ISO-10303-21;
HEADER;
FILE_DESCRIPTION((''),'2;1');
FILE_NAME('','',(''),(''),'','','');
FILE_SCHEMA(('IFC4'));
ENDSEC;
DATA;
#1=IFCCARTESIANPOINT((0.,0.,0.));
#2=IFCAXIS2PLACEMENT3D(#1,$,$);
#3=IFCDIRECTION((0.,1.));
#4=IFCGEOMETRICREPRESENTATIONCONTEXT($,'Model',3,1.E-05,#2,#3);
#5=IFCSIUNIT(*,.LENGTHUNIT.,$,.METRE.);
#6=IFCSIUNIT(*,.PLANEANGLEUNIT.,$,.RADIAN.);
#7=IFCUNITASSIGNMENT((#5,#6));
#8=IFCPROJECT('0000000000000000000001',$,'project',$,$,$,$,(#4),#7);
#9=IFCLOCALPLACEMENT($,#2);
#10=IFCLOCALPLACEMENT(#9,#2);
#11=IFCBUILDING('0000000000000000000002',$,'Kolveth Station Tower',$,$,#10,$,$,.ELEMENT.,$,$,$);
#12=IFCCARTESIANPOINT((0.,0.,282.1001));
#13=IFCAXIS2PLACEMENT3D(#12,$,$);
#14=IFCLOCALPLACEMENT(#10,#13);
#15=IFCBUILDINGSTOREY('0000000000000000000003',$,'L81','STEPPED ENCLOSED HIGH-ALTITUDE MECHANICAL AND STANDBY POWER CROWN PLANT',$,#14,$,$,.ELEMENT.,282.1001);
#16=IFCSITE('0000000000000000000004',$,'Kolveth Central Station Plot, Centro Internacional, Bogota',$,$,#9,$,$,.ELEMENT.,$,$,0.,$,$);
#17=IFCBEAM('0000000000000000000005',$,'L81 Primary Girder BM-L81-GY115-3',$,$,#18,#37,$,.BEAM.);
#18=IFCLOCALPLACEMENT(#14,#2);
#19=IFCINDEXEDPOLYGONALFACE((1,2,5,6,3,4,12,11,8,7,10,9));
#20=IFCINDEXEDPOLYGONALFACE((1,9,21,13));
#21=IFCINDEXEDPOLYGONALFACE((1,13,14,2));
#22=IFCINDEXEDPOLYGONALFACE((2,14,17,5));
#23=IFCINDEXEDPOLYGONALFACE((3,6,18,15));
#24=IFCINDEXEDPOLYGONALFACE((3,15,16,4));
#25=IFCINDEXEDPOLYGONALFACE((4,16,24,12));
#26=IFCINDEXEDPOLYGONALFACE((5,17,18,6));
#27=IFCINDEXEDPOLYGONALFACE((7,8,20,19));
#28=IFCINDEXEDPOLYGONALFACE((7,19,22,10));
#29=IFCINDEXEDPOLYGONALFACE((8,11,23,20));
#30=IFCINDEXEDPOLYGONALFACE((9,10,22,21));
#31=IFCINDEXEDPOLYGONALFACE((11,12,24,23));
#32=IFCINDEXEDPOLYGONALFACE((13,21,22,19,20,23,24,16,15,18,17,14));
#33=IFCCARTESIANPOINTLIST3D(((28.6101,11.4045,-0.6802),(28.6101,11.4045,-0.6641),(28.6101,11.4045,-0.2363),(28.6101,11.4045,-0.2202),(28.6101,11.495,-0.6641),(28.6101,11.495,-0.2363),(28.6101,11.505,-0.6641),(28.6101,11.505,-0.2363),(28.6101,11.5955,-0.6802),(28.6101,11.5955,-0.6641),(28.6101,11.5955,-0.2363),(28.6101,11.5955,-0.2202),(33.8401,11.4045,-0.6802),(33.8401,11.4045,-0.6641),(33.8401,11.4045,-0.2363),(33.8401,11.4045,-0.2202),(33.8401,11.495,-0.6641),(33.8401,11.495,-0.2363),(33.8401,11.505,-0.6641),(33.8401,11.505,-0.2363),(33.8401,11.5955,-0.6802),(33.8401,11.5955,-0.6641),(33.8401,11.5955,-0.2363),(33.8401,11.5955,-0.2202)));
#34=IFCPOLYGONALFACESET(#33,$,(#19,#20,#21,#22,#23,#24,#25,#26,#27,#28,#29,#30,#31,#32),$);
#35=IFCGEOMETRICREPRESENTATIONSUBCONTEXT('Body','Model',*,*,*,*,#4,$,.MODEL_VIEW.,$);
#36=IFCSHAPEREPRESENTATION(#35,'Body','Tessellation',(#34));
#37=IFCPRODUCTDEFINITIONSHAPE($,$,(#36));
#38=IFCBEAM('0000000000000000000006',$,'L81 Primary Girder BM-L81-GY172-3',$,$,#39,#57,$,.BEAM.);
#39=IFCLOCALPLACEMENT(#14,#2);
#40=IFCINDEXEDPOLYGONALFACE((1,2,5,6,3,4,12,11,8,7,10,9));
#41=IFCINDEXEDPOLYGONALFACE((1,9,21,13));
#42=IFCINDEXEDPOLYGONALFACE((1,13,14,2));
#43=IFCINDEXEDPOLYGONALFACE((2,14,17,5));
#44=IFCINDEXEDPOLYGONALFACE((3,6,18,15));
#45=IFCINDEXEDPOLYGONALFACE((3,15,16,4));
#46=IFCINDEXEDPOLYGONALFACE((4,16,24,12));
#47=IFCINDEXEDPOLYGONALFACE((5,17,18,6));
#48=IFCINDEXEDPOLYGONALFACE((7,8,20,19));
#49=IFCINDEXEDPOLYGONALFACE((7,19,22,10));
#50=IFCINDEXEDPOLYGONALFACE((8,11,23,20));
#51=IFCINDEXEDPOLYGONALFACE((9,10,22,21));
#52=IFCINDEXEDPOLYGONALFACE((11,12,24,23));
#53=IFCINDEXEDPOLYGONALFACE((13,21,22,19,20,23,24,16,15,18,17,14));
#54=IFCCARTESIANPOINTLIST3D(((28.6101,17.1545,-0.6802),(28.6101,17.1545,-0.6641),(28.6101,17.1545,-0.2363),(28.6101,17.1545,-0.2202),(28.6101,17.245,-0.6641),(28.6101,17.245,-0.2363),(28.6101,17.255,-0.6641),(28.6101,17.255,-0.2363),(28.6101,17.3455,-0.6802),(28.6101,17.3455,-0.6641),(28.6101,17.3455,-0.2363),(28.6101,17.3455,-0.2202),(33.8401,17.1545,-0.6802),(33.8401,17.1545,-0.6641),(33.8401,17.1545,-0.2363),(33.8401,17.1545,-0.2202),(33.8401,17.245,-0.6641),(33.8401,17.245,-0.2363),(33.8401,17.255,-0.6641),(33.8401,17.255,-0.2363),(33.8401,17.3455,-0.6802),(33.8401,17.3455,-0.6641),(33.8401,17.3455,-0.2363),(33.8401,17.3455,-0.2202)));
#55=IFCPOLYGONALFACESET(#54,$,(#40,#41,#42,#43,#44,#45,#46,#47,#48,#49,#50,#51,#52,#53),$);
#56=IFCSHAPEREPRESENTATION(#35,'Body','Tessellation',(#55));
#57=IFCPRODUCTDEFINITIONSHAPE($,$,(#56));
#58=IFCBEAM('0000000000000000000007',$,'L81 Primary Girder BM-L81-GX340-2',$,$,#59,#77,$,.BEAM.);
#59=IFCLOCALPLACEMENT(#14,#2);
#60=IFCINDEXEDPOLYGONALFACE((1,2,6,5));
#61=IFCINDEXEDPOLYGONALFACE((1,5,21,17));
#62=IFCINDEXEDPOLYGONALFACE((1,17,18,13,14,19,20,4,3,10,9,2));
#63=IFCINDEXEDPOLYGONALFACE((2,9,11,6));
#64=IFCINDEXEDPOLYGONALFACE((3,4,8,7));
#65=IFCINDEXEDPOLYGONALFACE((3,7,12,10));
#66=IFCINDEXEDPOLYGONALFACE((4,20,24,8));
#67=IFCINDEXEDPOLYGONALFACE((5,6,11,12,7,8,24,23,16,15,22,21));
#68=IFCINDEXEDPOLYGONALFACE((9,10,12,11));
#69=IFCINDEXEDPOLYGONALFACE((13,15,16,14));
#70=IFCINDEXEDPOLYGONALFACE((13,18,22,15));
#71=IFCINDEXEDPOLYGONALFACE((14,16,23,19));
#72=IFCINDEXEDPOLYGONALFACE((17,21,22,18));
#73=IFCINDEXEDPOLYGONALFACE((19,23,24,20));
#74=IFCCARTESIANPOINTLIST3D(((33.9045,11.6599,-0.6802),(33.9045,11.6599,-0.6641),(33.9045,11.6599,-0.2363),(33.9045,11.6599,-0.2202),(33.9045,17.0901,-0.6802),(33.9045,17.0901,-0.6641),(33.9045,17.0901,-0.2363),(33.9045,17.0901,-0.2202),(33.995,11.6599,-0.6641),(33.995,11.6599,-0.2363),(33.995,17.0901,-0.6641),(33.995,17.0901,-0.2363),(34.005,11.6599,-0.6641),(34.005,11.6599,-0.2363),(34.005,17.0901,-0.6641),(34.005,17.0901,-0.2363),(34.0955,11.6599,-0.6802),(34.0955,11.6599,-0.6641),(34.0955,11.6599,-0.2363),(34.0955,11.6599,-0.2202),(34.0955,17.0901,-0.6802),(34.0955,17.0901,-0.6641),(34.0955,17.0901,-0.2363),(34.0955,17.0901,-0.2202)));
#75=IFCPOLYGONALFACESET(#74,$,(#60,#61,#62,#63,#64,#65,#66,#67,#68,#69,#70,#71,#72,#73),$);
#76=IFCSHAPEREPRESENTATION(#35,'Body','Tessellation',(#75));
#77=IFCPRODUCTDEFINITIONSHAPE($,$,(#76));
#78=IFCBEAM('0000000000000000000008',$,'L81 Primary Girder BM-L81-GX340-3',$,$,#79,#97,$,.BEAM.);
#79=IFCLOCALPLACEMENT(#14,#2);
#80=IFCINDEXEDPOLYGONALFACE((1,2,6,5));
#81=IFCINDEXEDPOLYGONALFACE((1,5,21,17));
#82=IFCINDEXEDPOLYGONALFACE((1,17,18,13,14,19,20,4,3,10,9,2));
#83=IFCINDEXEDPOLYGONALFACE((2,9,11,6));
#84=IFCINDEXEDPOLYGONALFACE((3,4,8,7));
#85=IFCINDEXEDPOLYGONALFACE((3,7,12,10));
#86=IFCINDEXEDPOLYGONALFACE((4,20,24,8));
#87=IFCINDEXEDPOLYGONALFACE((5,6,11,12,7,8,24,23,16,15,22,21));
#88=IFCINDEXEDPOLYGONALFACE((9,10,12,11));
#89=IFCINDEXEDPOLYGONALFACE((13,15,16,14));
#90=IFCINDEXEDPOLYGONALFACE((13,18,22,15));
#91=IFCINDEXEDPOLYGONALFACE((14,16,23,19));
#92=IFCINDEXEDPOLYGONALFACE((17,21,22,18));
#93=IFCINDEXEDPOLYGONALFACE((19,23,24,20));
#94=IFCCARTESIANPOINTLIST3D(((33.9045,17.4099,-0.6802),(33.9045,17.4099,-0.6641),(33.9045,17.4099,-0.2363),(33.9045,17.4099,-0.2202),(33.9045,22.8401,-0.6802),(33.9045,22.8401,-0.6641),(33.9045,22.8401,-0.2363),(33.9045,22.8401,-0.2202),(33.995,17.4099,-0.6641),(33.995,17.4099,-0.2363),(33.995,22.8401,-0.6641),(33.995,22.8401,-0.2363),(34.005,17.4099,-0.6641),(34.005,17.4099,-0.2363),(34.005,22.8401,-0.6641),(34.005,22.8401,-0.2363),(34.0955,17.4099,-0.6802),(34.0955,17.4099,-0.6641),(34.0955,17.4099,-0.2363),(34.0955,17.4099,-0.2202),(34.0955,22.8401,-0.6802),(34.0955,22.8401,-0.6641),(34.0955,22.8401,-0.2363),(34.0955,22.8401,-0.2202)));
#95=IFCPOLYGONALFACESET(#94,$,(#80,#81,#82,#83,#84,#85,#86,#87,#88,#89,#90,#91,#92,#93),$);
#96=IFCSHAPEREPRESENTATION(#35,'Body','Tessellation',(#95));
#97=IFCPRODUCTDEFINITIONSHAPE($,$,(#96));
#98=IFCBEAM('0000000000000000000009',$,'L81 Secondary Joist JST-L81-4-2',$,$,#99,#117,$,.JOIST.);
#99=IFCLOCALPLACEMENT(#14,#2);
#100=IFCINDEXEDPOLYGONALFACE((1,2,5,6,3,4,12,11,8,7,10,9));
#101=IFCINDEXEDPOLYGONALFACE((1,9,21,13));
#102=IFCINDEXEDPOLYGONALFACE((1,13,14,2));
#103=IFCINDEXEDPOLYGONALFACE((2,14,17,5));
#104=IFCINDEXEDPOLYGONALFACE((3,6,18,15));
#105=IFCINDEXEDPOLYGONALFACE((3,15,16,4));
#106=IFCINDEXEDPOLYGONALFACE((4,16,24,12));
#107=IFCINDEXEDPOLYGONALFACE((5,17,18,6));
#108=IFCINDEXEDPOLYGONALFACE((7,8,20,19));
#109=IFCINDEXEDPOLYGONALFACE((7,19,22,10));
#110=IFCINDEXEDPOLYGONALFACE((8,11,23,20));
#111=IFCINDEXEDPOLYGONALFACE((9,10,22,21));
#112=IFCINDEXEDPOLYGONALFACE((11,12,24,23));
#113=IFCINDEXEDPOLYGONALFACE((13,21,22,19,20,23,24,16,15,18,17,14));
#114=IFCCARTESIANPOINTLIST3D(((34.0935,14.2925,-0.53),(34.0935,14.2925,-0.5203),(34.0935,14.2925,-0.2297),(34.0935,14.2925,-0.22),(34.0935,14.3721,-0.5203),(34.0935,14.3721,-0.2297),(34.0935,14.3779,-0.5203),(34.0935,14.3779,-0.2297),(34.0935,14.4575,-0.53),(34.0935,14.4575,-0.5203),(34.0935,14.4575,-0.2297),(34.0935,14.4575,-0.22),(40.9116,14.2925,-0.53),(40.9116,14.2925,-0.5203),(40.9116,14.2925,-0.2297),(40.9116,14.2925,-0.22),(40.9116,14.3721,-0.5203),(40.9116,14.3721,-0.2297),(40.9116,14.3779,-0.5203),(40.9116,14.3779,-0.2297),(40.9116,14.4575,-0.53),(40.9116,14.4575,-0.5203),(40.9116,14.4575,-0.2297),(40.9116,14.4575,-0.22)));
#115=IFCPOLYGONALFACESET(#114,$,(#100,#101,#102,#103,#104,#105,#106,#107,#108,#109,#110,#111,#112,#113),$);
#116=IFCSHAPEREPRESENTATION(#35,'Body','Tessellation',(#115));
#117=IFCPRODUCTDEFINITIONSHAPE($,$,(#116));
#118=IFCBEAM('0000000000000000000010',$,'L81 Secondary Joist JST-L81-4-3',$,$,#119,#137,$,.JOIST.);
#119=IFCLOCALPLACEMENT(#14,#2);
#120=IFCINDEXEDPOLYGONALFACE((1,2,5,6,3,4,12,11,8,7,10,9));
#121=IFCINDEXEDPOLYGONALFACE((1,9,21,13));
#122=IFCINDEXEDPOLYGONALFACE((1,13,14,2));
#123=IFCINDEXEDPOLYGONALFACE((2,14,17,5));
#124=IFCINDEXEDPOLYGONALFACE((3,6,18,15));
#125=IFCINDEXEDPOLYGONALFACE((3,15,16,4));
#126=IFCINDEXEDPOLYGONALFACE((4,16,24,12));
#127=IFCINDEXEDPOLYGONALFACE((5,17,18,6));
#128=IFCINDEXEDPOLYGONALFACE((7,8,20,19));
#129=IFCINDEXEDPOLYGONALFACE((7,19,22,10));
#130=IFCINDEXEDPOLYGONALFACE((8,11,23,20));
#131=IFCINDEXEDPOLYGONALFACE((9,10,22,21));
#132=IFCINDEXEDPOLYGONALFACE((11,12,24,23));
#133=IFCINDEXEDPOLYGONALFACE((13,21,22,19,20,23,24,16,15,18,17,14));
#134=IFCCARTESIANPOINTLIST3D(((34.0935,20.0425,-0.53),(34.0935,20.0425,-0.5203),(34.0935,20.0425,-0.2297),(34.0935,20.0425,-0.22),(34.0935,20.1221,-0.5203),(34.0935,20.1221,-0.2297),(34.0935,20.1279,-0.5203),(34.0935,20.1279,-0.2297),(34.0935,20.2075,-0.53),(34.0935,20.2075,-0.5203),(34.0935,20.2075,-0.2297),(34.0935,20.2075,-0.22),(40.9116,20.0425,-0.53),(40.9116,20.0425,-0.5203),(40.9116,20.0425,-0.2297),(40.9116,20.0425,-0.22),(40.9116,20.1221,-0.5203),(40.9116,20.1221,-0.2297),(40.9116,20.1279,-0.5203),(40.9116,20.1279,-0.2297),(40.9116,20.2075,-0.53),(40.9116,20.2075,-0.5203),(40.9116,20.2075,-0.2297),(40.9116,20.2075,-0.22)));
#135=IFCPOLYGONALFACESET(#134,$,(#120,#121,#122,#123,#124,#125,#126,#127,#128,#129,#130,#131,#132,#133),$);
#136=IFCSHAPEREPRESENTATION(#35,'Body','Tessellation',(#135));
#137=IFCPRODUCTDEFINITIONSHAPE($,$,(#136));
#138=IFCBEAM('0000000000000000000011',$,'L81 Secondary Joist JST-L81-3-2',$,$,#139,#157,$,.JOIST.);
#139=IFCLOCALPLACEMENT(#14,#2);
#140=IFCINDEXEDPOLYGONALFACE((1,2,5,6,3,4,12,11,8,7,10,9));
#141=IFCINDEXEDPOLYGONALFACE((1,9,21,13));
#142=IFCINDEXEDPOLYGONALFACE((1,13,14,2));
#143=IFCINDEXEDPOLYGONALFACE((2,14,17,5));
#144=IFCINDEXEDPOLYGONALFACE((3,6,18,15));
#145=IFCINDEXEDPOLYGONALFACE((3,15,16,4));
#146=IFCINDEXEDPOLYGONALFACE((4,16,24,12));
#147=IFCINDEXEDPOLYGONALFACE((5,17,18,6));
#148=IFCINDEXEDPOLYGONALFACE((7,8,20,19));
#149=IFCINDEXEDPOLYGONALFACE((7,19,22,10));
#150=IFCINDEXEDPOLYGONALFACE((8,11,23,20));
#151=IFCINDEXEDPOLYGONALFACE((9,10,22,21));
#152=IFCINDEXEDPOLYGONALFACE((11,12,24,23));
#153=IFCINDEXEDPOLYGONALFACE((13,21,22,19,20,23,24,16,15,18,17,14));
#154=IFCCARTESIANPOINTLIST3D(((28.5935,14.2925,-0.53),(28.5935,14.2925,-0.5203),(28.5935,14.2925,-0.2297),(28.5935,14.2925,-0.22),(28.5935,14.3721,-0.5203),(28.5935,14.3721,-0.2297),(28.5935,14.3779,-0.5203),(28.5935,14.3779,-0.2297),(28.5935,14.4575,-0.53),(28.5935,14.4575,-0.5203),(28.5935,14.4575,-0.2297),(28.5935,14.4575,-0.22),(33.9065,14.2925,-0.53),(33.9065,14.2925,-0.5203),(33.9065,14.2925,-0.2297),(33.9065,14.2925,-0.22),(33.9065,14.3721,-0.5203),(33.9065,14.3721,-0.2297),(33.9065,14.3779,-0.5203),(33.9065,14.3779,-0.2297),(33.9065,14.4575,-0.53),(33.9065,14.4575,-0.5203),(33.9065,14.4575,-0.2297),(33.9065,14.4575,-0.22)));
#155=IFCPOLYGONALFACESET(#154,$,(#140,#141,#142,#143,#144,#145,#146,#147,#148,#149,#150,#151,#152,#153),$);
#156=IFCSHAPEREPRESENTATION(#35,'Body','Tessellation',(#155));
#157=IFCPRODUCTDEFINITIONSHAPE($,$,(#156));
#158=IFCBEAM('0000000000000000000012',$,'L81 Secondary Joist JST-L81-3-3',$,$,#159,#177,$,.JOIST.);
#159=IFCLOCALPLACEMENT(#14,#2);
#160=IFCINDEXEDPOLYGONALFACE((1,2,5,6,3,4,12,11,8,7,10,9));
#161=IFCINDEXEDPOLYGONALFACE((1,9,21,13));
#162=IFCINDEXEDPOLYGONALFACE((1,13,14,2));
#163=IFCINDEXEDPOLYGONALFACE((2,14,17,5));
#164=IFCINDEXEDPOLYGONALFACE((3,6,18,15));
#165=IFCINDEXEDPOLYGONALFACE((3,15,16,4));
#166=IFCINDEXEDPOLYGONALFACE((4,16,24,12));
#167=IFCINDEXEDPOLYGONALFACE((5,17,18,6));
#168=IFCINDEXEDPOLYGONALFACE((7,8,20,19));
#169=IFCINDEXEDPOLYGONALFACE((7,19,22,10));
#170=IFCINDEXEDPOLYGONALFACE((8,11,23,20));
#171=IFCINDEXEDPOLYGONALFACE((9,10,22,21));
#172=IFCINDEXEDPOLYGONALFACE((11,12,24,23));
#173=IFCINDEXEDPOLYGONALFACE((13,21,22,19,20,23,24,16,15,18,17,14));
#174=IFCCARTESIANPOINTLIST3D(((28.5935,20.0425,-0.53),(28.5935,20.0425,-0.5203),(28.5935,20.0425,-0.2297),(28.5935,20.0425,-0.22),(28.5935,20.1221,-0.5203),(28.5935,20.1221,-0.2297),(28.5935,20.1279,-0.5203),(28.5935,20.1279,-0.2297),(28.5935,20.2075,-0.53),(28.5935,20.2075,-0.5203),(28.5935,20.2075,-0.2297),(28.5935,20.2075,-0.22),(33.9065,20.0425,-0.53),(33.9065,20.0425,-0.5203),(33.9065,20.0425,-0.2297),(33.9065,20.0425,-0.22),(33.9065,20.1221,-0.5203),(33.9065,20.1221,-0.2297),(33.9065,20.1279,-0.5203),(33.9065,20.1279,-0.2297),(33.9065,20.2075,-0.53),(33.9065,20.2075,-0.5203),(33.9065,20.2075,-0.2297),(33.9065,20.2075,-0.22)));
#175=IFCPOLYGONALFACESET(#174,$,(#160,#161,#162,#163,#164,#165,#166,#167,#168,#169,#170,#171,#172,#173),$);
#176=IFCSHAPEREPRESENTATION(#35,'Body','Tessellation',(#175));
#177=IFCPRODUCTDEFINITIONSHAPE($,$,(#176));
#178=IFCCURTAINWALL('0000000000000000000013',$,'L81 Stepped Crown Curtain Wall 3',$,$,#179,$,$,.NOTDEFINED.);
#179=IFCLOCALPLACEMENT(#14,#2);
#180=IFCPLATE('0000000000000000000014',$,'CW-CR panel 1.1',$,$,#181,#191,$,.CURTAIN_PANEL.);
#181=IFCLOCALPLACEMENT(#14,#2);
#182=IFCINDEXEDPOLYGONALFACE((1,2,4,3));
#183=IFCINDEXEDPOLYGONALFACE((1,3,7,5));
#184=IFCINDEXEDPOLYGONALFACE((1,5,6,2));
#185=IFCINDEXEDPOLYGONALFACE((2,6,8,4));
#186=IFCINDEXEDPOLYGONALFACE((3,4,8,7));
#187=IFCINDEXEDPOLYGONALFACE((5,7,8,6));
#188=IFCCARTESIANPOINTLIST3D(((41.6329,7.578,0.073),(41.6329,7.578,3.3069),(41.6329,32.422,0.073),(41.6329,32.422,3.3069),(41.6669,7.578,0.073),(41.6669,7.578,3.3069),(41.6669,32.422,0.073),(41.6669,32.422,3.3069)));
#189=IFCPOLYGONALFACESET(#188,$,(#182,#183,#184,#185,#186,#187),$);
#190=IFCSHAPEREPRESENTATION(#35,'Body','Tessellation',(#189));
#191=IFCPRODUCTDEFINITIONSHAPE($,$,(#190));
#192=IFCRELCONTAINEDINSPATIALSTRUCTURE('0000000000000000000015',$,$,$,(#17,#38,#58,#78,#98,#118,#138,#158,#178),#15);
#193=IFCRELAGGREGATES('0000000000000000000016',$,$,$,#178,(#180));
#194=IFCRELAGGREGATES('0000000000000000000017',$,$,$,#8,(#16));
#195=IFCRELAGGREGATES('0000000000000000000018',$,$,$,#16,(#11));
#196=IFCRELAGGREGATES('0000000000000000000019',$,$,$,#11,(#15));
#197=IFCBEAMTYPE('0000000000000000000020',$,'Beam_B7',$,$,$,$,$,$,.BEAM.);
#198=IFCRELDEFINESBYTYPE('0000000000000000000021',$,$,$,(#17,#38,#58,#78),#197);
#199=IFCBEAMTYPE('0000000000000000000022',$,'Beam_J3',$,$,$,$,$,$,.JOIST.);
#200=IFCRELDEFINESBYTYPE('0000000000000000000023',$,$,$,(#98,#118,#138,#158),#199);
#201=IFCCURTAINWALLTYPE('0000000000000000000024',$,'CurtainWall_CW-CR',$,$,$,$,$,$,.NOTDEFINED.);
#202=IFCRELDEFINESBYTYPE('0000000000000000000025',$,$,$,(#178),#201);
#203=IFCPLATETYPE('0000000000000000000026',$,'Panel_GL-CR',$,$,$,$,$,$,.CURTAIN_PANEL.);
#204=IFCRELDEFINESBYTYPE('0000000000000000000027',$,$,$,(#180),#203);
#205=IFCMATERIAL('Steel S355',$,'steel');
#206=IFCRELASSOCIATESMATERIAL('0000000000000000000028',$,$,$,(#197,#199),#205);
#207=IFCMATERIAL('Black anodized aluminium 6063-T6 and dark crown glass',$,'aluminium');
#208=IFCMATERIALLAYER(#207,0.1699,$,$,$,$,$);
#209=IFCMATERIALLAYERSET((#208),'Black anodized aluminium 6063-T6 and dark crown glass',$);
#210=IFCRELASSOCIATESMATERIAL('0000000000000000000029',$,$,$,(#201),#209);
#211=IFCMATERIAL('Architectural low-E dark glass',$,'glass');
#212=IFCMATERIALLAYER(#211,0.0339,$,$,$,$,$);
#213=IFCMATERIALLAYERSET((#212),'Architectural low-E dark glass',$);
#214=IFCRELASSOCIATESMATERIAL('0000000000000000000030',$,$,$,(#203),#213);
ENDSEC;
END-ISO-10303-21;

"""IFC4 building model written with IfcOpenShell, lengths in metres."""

from ifc_helpers import new_model, si_unit, direction, frame, origin, origin_2d, place, context, subcontext, project, spatial, rectangle, i_section, extrude, source, transform, mapped, material, layer, layer_set, material_profile, profile_set, type_object, element, aggregate, save


model = new_model("IFC4")

# Units and contexts
model_context = context("Model", 3, precision=1e-05, world=origin(), true_north=direction((0.0, 1.0)))
body_context = subcontext(model_context, "Body", "Model", "MODEL_VIEW")
ifc_project = project(units=[si_unit("LENGTHUNIT", "METRE"), si_unit("PLANEANGLEUNIT", "RADIAN")], contexts=[model_context])

# Site, building, storey
site_placement = place(None, origin())
site = spatial("IfcSite", under=ifc_project, at=site_placement, Name="Kolveth Central Station Plot, Centro Internacional, Bogota", CompositionType="ELEMENT", RefElevation=0.0)
building_placement = place(site_placement, origin())
building = spatial("IfcBuilding", under=site, at=building_placement, Name="Kolveth Station Tower", CompositionType="ELEMENT")
storey_placement = place(building_placement, frame((0.0, 0.0, 282.1001)))
storey = spatial("IfcBuildingStorey", under=building, at=storey_placement, Name="L81", Description="STEPPED ENCLOSED HIGH-ALTITUDE MECHANICAL AND STANDBY POWER CROWN PLANT", CompositionType="ELEMENT", Elevation=282.1001)

# Shared definitions
ifc_material_1 = material(Name="Steel S355", Category="steel")

# Beams
ifc_material_profile_1 = material_profile(ifc_material_1, i_section(OverallWidth=0.1909, OverallDepth=0.46, WebThickness=0.01, FlangeThickness=0.0161, at=origin_2d()), Name="W460x82")
ifc_profile_set_1 = profile_set([ifc_material_profile_1], Name="Steel S355")
beam_type_1 = type_object("IfcBeamType", Name="Beam_B7", PredefinedType="BEAM", material=ifc_profile_set_1)
shared_shape_1 = source(origin(), body_context, "Body", "SweptSolid", [
    extrude(i_section(OverallWidth=0.1909, OverallDepth=0.46, WebThickness=0.01, FlangeThickness=0.0161, at=origin_2d()), origin(), (0.0, 0.0, 1.0), 5.23),
])
for number, where, z_axis, x_axis, name in (
    (1, (28.6101, 11.5, -0.4502), (1.0, 0.0, 0.0), (0.0, 1.0, 0.0), "L81 Primary Girder BM-L81-GY115-3"),
    (2, (28.6101, 17.25, -0.4502), (1.0, 0.0, 0.0), (0.0, 1.0, 0.0), "L81 Primary Girder BM-L81-GY172-3"),
):
    element("IfcBeam", number, at=place(storey_placement, frame(where, z_axis=z_axis, x_axis=x_axis)), inside=storey, type_object=beam_type_1, Name=name, PredefinedType="BEAM", context=body_context, shape_type="MappedRepresentation", body=[
        mapped(shared_shape_1, transform((0.0, 0.0, 0.0), x_axis=(1.0, 0.0, 0.0), y_axis=(0.0, 1.0, 0.0), z_axis=(0.0, 0.0, 1.0), scale=1.0)),
    ])
shared_shape_2 = source(origin(), body_context, "Body", "SweptSolid", [
    extrude(i_section(OverallWidth=0.1909, OverallDepth=0.46, WebThickness=0.01, FlangeThickness=0.0161, at=origin_2d()), origin(), (0.0, 0.0, 1.0), 5.4302),
])
for number, where, z_axis, x_axis, name in (
    (3, (34.0, 11.6599, -0.4502), (0.0, 1.0, 0.0), (-1.0, 0.0, 0.0), "L81 Primary Girder BM-L81-GX340-2"),
    (4, (34.0, 17.4099, -0.4502), (0.0, 1.0, 0.0), (-1.0, 0.0, 0.0), "L81 Primary Girder BM-L81-GX340-3"),
):
    element("IfcBeam", number, at=place(storey_placement, frame(where, z_axis=z_axis, x_axis=x_axis)), inside=storey, type_object=beam_type_1, Name=name, PredefinedType="BEAM", context=body_context, shape_type="MappedRepresentation", body=[
        mapped(shared_shape_2, transform((0.0, 0.0, 0.0), x_axis=(1.0, 0.0, 0.0), y_axis=(0.0, 1.0, 0.0), z_axis=(0.0, 0.0, 1.0), scale=1.0)),
    ])
ifc_material_profile_2 = material_profile(ifc_material_1, i_section(OverallWidth=0.165, OverallDepth=0.3101, WebThickness=0.0059, FlangeThickness=0.0098, at=origin_2d()), Name="W310x39")
ifc_profile_set_2 = profile_set([ifc_material_profile_2], Name="Steel S355")
beam_type_2 = type_object("IfcBeamType", Name="Beam_J3", PredefinedType="JOIST", material=ifc_profile_set_2)
shared_shape_3 = source(origin(), body_context, "Body", "SweptSolid", [
    extrude(i_section(OverallWidth=0.165, OverallDepth=0.3101, WebThickness=0.0059, FlangeThickness=0.0098, at=origin_2d()), origin(), (0.0, 0.0, 1.0), 6.8181),
])
for number, where, z_axis, x_axis, name in (
    (5, (34.0935, 14.375, -0.375), (1.0, 0.0, 0.0), (0.0, 1.0, 0.0), "L81 Secondary Joist JST-L81-4-2"),
    (6, (34.0935, 20.125, -0.375), (1.0, 0.0, 0.0), (0.0, 1.0, 0.0), "L81 Secondary Joist JST-L81-4-3"),
):
    element("IfcBeam", number, at=place(storey_placement, frame(where, z_axis=z_axis, x_axis=x_axis)), inside=storey, type_object=beam_type_2, Name=name, PredefinedType="JOIST", context=body_context, shape_type="MappedRepresentation", body=[
        mapped(shared_shape_3, transform((0.0, 0.0, 0.0), x_axis=(1.0, 0.0, 0.0), y_axis=(0.0, 1.0, 0.0), z_axis=(0.0, 0.0, 1.0), scale=1.0)),
    ])
shared_shape_4 = source(origin(), body_context, "Body", "SweptSolid", [
    extrude(i_section(OverallWidth=0.165, OverallDepth=0.3101, WebThickness=0.0059, FlangeThickness=0.0098, at=origin_2d()), origin(), (0.0, 0.0, 1.0), 5.313),
])
for number, where, z_axis, x_axis, name in (
    (7, (28.5935, 14.375, -0.375), (1.0, 0.0, 0.0), (0.0, 1.0, 0.0), "L81 Secondary Joist JST-L81-3-2"),
    (8, (28.5935, 20.125, -0.375), (1.0, 0.0, 0.0), (0.0, 1.0, 0.0), "L81 Secondary Joist JST-L81-3-3"),
):
    element("IfcBeam", number, at=place(storey_placement, frame(where, z_axis=z_axis, x_axis=x_axis)), inside=storey, type_object=beam_type_2, Name=name, PredefinedType="JOIST", context=body_context, shape_type="MappedRepresentation", body=[
        mapped(shared_shape_4, transform((0.0, 0.0, 0.0), x_axis=(1.0, 0.0, 0.0), y_axis=(0.0, 1.0, 0.0), z_axis=(0.0, 0.0, 1.0), scale=1.0)),
    ])

# Curtain wall, plate
ifc_material_2 = material(Name="Black anodized aluminium 6063-T6 and dark crown glass", Category="aluminium")
ifc_layer_1 = layer(ifc_material_2, 0.1699)
ifc_layer_set_1 = layer_set([ifc_layer_1], Name="Black anodized aluminium 6063-T6 and dark crown glass")
curtain_wall_type = type_object("IfcCurtainWallType", Name="CurtainWall_CW-CR", PredefinedType="NOTDEFINED", material=ifc_layer_set_1)
curtain_wall_placement = place(storey_placement, origin())
curtain_wall = element("IfcCurtainWall", 9, at=curtain_wall_placement, inside=storey, type_object=curtain_wall_type, Name="L81 Stepped Crown Curtain Wall 3", PredefinedType="NOTDEFINED")
ifc_material_3 = material(Name="Architectural low-E dark glass", Category="glass")
ifc_layer_2 = layer(ifc_material_3, 0.0339)
ifc_layer_set_2 = layer_set([ifc_layer_2], Name="Architectural low-E dark glass")
plate_type = type_object("IfcPlateType", Name="Panel_GL-CR", PredefinedType="CURTAIN_PANEL", material=ifc_layer_set_2)
shared_shape_5 = source(origin(), body_context, "Body", "SweptSolid", [
    extrude(rectangle(XDim=24.844, YDim=0.0339, at=origin_2d()), origin(), (0.0, 0.0, 1.0), 3.2339),
])
plate_placement = place(storey_placement, frame((41.6499, 20.0, 0.073), z_axis=(0.0, 0.0, 1.0), x_axis=(0.0, 1.0, 0.0)))
plate = element("IfcPlate", 10, at=plate_placement, type_object=plate_type, Name="CW-CR panel 1.1", PredefinedType="CURTAIN_PANEL", context=body_context, shape_type="MappedRepresentation", body=[
    mapped(shared_shape_5, transform((0.0, 0.0, 0.0), x_axis=(1.0, 0.0, 0.0), y_axis=(0.0, 1.0, 0.0), z_axis=(0.0, 0.0, 1.0), scale=1.0)),
])
aggregate(curtain_wall, [plate])

save(model, "model.ifc")
